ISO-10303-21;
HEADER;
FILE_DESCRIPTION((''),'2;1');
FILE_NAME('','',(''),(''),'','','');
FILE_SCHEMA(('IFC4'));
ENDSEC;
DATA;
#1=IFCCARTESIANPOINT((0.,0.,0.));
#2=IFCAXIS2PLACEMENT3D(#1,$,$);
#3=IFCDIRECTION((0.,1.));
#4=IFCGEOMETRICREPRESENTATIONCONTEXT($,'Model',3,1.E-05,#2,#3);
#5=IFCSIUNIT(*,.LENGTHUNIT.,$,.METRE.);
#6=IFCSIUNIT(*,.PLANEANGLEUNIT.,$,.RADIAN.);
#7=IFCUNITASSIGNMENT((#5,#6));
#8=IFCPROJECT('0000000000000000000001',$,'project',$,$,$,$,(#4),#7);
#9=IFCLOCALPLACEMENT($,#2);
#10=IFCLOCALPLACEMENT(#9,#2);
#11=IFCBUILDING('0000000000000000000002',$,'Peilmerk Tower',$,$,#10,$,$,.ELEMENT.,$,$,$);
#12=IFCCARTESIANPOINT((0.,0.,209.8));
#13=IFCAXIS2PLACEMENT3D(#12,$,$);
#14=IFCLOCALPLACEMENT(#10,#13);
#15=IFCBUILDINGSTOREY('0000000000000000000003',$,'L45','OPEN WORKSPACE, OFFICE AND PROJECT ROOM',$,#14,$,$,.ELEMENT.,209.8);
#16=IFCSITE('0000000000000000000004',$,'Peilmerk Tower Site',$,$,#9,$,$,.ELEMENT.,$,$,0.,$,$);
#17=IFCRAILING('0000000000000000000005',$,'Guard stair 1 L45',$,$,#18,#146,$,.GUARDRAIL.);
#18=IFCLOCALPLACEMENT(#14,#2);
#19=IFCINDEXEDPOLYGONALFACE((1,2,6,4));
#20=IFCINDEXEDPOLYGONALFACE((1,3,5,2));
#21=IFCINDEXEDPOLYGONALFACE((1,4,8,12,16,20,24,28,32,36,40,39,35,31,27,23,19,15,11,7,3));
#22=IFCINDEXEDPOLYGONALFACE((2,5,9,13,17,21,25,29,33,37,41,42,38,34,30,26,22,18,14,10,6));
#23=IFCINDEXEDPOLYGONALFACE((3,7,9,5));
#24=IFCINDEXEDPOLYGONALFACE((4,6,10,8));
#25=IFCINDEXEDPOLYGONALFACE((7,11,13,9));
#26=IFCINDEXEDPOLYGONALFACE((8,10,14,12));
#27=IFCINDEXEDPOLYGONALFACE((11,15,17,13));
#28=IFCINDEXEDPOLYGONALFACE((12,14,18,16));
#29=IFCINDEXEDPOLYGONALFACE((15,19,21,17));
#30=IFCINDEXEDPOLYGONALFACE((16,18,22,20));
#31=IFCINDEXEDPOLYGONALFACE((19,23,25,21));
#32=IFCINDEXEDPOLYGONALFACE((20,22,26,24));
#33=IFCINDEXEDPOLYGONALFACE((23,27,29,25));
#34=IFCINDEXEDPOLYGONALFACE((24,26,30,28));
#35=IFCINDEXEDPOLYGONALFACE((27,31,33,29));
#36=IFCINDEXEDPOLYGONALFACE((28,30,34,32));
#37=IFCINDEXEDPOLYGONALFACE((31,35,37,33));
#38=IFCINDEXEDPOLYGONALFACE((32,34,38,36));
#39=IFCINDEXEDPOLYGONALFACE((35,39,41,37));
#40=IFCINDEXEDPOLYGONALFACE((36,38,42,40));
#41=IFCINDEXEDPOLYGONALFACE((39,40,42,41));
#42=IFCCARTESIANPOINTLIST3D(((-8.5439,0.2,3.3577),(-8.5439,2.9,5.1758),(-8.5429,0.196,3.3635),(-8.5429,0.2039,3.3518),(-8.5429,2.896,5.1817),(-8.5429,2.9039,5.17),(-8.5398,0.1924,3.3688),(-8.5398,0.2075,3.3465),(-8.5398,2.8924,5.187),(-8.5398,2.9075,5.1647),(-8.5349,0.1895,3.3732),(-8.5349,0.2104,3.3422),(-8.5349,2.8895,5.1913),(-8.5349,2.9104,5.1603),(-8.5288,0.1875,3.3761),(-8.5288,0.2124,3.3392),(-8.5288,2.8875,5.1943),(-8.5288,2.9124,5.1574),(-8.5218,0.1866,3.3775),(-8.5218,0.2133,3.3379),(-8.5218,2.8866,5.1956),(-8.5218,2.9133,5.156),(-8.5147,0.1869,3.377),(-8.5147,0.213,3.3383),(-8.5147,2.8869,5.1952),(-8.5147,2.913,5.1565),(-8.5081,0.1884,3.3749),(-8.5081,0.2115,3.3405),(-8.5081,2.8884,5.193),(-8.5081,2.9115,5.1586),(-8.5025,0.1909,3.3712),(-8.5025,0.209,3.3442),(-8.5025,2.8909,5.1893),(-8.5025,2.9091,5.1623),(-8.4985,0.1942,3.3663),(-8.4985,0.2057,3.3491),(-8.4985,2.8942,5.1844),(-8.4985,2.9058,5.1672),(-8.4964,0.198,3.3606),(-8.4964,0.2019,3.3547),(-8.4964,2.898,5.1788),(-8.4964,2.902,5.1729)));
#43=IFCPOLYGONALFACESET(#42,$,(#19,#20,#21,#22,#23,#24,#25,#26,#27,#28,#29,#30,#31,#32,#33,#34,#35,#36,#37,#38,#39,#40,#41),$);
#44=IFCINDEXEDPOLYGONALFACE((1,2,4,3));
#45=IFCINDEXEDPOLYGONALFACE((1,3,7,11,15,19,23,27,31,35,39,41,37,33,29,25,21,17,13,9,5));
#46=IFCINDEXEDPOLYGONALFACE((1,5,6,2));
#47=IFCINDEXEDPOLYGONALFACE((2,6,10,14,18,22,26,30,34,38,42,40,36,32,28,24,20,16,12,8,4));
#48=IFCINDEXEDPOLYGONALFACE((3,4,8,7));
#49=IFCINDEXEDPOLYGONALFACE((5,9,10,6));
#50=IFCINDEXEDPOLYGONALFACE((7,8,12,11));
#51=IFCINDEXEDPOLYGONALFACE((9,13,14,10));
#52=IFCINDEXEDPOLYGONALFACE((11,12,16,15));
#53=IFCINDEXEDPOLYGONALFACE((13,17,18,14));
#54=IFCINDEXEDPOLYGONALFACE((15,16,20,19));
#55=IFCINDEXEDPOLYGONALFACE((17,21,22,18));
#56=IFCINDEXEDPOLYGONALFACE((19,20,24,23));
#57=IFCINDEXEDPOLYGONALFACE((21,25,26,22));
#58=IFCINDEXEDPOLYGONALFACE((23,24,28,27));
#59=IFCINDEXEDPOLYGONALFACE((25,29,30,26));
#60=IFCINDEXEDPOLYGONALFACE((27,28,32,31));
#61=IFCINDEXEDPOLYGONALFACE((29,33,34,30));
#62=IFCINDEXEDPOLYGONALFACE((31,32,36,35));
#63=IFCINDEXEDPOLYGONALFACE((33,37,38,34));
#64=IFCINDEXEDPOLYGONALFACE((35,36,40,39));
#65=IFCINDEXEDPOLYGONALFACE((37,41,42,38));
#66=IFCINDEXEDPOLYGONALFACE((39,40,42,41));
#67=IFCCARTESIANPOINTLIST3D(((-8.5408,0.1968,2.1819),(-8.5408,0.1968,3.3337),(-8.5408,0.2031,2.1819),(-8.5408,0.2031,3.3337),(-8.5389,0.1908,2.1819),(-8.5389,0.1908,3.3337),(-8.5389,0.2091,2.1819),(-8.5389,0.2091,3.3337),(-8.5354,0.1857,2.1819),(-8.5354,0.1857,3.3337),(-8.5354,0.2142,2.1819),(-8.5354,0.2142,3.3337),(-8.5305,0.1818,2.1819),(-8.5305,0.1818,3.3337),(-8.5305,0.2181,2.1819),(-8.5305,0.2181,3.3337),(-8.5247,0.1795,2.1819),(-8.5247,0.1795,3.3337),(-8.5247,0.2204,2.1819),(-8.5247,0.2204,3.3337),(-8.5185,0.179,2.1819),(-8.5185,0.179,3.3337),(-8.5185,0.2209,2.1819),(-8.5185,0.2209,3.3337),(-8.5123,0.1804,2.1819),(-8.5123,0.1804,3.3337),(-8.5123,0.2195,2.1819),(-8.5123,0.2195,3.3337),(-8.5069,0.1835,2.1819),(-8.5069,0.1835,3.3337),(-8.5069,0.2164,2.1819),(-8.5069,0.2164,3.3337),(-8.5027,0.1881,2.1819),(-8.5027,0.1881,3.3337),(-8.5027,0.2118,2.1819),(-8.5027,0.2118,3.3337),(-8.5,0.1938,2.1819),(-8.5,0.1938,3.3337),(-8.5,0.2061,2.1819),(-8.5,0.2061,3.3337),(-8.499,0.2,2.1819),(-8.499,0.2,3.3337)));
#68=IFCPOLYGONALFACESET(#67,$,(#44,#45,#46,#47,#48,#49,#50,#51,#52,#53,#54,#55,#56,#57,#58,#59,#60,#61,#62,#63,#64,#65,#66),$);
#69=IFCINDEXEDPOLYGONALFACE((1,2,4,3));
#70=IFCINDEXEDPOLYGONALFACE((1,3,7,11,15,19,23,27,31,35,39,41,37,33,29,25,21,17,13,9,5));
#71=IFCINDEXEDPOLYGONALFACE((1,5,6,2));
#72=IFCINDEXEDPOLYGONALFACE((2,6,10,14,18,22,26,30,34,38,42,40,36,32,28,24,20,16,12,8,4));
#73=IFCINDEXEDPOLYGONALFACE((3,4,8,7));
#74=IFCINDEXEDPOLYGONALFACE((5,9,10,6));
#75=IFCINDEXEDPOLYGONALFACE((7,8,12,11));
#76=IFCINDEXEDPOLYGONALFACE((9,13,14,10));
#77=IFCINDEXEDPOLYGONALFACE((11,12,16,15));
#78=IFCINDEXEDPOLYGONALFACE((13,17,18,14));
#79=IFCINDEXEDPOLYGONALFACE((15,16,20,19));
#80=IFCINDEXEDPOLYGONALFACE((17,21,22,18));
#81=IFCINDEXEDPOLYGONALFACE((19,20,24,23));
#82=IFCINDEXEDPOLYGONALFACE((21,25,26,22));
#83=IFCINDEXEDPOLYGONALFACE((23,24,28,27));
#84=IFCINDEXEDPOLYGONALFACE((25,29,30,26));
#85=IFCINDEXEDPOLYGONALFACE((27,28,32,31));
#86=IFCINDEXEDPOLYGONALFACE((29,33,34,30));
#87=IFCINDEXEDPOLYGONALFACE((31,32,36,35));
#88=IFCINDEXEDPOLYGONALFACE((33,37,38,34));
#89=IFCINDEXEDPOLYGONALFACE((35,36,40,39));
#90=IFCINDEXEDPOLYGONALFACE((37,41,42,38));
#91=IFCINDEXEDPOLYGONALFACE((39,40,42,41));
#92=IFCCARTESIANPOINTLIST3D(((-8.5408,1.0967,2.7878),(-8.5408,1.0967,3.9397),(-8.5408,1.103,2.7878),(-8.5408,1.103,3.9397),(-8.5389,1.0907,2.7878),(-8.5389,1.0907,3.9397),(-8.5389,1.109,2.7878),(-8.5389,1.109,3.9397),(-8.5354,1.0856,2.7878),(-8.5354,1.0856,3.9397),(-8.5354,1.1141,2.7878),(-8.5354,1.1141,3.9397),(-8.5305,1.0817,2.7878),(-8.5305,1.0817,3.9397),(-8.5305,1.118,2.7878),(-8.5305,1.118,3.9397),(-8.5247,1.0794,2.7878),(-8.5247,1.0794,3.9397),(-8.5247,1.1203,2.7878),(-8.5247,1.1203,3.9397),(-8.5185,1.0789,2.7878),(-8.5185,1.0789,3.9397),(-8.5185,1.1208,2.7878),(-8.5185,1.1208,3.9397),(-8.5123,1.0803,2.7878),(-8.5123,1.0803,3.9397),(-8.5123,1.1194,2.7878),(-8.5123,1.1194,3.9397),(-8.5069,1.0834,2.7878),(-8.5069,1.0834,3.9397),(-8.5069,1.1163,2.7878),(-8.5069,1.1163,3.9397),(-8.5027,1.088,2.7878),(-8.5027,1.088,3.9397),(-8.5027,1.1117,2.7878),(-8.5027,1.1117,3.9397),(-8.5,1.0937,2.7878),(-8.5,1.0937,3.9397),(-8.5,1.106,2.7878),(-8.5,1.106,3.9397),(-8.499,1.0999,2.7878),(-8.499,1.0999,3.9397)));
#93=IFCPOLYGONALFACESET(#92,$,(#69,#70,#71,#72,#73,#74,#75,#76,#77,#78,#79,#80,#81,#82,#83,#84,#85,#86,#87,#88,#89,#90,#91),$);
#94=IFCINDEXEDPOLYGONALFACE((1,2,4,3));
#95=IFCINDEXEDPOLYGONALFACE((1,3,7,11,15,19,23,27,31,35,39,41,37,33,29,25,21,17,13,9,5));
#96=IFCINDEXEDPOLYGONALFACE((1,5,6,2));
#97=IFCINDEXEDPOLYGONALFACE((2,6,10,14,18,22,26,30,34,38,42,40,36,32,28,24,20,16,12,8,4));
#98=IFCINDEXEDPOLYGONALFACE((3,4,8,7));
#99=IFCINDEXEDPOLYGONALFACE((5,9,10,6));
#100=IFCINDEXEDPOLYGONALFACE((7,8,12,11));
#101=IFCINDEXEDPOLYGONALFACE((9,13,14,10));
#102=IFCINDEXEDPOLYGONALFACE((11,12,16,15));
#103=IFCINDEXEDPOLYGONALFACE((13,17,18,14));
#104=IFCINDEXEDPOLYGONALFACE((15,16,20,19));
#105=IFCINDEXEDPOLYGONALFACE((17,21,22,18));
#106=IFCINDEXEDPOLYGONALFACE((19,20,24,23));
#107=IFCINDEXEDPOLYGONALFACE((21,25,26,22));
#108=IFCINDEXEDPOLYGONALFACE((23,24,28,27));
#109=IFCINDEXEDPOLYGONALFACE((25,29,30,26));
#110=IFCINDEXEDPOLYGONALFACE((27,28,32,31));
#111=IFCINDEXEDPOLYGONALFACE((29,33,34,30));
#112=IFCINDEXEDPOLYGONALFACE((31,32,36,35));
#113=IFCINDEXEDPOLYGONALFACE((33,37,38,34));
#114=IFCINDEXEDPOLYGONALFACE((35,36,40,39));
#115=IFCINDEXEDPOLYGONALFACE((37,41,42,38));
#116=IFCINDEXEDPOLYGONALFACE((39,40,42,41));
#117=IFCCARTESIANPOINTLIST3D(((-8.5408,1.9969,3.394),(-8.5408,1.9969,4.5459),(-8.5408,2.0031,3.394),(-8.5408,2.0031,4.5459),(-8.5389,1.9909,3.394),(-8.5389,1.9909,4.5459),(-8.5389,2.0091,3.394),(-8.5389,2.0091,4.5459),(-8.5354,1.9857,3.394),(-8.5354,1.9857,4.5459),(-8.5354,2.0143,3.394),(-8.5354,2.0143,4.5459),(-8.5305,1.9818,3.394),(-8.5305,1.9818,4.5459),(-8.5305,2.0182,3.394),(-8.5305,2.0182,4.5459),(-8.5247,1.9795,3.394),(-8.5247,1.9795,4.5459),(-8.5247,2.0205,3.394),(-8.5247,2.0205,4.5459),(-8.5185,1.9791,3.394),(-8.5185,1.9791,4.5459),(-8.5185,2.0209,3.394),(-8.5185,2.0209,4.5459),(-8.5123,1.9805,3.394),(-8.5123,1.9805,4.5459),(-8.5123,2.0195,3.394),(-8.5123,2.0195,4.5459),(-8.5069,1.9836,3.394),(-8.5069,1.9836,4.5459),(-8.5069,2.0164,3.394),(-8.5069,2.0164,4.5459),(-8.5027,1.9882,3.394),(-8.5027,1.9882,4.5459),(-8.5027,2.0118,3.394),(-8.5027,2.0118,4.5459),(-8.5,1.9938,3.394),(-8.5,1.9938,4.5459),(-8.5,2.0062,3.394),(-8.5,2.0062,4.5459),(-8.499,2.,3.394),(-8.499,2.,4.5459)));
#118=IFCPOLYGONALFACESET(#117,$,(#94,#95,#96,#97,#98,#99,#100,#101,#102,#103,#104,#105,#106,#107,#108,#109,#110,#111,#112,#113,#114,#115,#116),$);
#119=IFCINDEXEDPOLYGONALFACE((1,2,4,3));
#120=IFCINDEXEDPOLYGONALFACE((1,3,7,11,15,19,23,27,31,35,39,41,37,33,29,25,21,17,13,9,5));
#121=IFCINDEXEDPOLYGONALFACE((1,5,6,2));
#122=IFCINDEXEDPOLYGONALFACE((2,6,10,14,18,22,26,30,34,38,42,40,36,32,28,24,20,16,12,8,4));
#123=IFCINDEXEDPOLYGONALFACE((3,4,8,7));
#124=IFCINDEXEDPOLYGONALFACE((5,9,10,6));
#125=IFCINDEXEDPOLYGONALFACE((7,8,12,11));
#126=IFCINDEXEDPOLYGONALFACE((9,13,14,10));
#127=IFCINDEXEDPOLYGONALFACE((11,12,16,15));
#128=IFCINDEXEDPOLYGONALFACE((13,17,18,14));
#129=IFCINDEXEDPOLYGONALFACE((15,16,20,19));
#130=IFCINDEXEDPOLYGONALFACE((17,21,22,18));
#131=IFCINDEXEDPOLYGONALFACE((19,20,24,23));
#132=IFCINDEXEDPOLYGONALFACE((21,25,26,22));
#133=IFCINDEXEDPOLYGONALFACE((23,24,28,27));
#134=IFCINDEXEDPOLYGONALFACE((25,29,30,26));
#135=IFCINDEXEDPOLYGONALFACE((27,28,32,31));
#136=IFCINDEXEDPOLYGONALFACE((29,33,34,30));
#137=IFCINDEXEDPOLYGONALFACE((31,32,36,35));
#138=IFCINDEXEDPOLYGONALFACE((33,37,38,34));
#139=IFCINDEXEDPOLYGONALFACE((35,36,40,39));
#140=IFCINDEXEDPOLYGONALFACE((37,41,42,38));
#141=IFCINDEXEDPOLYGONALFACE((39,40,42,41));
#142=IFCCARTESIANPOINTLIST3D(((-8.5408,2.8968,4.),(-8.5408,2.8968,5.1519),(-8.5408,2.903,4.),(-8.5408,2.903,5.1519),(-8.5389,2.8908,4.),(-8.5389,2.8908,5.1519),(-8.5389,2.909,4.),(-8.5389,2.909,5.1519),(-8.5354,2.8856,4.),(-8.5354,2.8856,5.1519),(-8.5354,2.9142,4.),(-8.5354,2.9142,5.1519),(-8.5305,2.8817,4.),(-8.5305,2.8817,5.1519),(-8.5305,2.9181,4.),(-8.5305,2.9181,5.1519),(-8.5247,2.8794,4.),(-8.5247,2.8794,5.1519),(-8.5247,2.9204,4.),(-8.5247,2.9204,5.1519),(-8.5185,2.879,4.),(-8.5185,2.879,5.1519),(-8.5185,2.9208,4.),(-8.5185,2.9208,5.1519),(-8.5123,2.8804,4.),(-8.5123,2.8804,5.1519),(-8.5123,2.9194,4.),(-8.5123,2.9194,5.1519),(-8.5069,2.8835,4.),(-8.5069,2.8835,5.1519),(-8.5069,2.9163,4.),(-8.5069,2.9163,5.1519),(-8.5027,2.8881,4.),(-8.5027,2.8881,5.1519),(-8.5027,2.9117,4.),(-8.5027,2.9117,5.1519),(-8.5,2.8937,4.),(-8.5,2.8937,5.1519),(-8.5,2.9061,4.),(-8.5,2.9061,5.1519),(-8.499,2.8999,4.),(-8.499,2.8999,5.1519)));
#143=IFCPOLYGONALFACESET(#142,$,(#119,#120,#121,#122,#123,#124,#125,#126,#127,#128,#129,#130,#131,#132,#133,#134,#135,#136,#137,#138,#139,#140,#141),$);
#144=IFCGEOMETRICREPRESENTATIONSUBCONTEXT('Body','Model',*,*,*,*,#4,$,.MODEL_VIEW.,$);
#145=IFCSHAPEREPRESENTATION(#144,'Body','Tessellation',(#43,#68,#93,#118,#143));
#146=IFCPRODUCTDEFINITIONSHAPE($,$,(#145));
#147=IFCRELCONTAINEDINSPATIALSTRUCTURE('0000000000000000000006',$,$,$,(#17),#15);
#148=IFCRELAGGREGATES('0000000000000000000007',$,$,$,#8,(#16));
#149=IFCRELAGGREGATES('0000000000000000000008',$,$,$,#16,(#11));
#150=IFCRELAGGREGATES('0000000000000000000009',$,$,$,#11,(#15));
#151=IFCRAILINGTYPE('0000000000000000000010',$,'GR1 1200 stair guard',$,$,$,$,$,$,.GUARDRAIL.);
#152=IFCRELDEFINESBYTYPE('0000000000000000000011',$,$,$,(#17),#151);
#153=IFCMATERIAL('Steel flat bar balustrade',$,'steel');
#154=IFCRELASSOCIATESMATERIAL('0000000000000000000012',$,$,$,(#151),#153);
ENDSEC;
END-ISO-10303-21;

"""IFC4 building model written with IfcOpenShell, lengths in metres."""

from ifc_helpers import new_model, si_unit, direction, frame, origin, origin_2d, place, context, subcontext, project, spatial, circle, extrude, material, type_object, element, save


model = new_model("IFC4")

# Units and contexts
model_context = context("Model", 3, precision=1e-05, world=origin(), true_north=direction((0.0, 1.0)))
body_context = subcontext(model_context, "Body", "Model", "MODEL_VIEW")
ifc_project = project(units=[si_unit("LENGTHUNIT", "METRE"), si_unit("PLANEANGLEUNIT", "RADIAN")], contexts=[model_context])

# Site, building, storey
site_placement = place(None, origin())
site = spatial("IfcSite", under=ifc_project, at=site_placement, Name="Peilmerk Tower Site", CompositionType="ELEMENT", RefElevation=0.0)
building_placement = place(site_placement, origin())
building = spatial("IfcBuilding", under=site, at=building_placement, Name="Peilmerk Tower", CompositionType="ELEMENT")
storey_placement = place(building_placement, frame((0.0, 0.0, 209.8)))
storey = spatial("IfcBuildingStorey", under=building, at=storey_placement, Name="L45", Description="OPEN WORKSPACE, OFFICE AND PROJECT ROOM", CompositionType="ELEMENT", Elevation=209.8)

# Railing
ifc_material_1 = material(Name="Steel flat bar balustrade", Category="steel")
railing_type_1 = type_object("IfcRailingType", Name="GR1 1200 stair guard", PredefinedType="GUARDRAIL", material=ifc_material_1)
railing_1_placement = place(storey_placement, frame((-8.52, 0.2, 2.1819)))
element("IfcRailing", 1, at=railing_1_placement, inside=storey, type_object=railing_type_1, Name="Guard stair 1 L45", PredefinedType="GUARDRAIL", context=body_context, shape_type="SweptSolid", body=[
    extrude(circle(Radius=0.0239, at=origin_2d()), frame((0.0, 0.0, 1.1758), z_axis=(0.0, 0.829468, 0.558554), x_axis=(-1.0, 0.0, 0.0)), (0.0, 0.0, 1.0), 3.2551),
    extrude(circle(Radius=0.021, at=origin_2d()), origin(), (0.0, 0.0, 1.0), 1.1519),
    extrude(circle(Radius=0.021, at=origin_2d()), frame((0.0, 0.8999, 0.606)), (0.0, 0.0, 1.0), 1.1519),
    extrude(circle(Radius=0.021, at=origin_2d()), frame((0.0, 1.8, 1.2122)), (0.0, 0.0, 1.0), 1.1519),
    extrude(circle(Radius=0.021, at=origin_2d()), frame((0.0, 2.7, 1.8181)), (0.0, 0.0, 1.0), 1.1519),
])

save(model, "model.ifc")
